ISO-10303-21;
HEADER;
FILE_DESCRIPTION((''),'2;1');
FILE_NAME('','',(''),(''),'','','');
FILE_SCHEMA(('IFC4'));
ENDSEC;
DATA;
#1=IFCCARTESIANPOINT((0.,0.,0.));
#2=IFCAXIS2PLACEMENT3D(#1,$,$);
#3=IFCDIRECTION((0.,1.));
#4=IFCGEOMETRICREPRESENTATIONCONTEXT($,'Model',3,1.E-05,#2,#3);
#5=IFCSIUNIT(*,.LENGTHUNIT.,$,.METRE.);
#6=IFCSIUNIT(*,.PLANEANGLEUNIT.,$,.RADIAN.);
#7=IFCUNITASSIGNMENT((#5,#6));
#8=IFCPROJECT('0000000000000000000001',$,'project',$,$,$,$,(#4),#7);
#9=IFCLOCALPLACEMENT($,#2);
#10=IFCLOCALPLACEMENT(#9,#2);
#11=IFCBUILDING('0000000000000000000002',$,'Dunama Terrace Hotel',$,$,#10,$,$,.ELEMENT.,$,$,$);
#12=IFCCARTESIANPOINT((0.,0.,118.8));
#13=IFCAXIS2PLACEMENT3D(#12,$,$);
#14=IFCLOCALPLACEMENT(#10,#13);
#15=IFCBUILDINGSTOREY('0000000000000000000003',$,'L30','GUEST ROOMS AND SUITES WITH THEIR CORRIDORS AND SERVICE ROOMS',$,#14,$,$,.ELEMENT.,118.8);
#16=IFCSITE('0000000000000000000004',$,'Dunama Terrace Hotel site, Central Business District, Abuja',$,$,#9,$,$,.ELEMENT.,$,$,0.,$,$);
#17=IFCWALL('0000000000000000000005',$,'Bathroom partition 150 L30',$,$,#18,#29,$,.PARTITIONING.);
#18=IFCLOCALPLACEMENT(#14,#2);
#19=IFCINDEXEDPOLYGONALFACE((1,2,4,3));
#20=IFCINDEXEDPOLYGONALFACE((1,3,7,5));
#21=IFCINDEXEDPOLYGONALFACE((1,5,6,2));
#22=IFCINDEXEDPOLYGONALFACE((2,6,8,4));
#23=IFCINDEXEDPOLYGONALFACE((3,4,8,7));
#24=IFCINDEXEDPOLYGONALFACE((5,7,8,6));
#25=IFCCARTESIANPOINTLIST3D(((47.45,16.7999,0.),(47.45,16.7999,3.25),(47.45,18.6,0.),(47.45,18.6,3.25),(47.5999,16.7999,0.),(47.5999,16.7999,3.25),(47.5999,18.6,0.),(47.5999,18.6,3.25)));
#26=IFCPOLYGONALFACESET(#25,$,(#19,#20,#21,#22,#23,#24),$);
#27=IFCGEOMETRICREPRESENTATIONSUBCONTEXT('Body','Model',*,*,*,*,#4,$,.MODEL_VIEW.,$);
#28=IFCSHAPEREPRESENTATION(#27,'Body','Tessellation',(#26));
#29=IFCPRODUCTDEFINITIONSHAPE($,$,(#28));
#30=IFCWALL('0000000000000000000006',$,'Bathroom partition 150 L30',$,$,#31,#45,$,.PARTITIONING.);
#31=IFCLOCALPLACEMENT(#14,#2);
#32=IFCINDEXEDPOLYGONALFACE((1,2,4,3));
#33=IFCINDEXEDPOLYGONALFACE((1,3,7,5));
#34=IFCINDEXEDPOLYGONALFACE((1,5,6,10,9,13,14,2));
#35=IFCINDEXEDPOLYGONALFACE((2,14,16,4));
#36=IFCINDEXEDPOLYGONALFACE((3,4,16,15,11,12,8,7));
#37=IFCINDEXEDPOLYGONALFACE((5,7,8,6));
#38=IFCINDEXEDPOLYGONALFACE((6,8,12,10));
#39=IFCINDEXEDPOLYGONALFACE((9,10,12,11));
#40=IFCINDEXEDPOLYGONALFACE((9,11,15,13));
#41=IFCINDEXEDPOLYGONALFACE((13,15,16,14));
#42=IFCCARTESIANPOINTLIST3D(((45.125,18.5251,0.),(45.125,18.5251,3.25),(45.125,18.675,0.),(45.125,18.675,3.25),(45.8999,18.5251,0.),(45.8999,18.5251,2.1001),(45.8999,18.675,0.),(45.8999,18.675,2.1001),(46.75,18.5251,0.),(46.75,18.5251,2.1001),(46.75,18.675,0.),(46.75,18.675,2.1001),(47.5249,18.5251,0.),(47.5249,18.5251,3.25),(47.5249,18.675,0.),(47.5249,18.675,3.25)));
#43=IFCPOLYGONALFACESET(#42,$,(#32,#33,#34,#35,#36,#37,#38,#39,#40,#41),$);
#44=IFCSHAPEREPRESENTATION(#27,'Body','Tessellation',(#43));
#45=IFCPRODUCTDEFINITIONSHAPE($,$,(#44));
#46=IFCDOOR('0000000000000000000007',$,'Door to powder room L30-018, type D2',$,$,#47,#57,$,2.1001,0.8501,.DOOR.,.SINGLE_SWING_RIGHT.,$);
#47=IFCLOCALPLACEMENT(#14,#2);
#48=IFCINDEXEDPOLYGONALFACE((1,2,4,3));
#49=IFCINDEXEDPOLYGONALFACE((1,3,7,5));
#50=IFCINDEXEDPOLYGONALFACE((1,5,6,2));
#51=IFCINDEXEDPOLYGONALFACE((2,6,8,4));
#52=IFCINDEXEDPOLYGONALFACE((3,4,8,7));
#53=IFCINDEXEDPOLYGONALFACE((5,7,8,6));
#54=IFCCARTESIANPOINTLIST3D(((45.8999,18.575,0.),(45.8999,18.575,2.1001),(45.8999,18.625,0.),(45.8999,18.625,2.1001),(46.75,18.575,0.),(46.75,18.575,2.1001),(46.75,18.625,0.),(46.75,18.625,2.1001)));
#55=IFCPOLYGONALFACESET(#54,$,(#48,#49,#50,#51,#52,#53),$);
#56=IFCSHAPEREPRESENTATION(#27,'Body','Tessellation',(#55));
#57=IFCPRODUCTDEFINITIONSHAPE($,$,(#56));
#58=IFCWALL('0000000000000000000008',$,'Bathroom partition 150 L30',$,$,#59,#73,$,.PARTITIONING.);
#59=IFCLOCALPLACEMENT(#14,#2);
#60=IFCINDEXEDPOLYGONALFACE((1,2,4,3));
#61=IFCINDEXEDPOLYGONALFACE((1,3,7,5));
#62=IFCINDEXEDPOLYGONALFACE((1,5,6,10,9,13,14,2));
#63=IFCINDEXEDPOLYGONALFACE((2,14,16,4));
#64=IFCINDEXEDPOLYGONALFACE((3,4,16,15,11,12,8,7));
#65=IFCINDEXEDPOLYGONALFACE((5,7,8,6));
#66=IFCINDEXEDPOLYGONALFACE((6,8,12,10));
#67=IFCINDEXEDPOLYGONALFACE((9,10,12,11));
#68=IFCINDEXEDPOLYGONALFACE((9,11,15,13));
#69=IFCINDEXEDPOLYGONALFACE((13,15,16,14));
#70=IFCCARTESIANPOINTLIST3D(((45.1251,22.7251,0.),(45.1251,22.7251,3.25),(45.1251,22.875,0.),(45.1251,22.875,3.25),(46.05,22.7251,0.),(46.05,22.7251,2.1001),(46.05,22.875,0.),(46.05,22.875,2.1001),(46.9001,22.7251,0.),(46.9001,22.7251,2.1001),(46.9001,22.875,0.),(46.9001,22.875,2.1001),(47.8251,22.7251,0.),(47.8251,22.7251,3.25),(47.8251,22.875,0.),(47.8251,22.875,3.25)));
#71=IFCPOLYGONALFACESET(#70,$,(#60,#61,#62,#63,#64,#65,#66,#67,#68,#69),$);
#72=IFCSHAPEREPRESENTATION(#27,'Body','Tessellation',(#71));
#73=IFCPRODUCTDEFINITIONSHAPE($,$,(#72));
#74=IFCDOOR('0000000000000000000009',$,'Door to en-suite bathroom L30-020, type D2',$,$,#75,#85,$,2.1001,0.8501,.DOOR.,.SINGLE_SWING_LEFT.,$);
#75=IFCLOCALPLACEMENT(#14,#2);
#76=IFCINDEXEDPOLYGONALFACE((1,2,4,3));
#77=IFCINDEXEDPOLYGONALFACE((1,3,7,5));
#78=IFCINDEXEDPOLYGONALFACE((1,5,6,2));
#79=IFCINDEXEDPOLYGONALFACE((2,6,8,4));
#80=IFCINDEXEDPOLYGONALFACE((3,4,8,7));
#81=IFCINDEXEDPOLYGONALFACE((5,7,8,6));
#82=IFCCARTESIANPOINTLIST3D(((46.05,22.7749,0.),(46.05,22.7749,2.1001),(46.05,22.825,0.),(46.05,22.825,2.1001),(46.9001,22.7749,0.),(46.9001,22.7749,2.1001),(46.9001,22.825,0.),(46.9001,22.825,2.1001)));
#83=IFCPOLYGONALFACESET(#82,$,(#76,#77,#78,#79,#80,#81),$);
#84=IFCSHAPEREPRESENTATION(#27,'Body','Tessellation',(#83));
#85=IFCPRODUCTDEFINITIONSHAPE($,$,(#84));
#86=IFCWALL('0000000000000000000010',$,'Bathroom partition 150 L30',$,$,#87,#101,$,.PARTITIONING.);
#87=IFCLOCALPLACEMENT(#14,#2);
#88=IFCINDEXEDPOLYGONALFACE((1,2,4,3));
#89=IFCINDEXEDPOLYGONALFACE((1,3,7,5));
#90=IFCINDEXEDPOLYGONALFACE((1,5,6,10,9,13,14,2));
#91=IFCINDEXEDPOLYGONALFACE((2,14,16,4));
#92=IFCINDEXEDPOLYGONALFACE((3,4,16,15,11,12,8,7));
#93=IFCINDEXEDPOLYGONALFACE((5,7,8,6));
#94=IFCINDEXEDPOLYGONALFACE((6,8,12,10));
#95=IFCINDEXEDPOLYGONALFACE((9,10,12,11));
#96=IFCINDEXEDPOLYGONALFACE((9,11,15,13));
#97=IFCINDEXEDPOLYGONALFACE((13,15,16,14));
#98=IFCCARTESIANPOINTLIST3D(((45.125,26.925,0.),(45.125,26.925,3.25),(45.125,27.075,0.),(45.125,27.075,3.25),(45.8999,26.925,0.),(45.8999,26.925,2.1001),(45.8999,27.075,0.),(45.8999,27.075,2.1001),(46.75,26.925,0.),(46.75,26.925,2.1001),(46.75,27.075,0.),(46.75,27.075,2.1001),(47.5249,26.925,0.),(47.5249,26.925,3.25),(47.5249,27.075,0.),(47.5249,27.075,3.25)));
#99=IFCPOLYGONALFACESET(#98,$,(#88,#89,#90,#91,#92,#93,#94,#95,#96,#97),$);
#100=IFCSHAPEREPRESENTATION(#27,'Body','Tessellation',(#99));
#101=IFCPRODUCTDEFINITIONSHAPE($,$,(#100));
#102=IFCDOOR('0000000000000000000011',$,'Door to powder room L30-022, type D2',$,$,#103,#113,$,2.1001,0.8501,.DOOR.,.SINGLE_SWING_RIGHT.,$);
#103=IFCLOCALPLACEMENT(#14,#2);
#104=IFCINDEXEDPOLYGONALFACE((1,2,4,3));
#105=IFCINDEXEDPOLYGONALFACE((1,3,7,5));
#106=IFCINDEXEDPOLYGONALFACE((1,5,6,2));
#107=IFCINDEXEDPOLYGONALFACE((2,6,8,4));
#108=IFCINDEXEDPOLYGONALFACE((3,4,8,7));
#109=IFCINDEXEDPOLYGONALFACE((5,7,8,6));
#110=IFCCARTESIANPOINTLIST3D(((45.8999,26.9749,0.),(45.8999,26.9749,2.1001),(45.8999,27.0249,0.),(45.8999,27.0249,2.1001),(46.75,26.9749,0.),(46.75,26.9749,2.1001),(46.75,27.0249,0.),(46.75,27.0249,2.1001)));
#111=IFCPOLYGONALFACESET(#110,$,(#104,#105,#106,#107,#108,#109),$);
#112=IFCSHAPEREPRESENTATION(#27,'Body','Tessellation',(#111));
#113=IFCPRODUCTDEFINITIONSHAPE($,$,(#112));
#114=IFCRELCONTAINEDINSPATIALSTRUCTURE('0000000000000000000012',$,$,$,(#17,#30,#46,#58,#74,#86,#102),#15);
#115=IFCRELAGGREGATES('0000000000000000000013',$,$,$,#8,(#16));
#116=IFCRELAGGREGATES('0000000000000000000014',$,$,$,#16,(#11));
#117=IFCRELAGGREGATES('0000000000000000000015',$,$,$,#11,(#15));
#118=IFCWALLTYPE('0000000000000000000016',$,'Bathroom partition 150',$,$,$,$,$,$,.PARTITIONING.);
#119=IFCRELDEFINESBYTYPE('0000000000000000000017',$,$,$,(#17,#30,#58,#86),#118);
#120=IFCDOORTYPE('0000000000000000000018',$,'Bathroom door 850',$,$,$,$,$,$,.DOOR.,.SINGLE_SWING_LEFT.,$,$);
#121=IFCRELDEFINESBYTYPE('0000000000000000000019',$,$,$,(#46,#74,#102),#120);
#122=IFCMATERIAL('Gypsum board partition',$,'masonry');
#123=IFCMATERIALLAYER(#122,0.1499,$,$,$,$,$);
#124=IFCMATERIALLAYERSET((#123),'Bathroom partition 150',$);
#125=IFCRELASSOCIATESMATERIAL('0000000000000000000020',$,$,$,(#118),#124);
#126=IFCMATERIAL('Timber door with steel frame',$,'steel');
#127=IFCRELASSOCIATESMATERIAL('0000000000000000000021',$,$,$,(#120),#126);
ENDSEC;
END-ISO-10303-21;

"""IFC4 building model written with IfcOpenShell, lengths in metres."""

from ifc_helpers import new_model, si_unit, direction, frame, frame_2d, origin, place, context, subcontext, project, spatial, rectangle, extrude, material, layer, layer_set, type_object, element, fill, save


model = new_model("IFC4")

# Units and contexts
model_context = context("Model", 3, precision=1e-05, world=origin(), true_north=direction((0.0, 1.0)))
body_context = subcontext(model_context, "Body", "Model", "MODEL_VIEW")
ifc_project = project(units=[si_unit("LENGTHUNIT", "METRE"), si_unit("PLANEANGLEUNIT", "RADIAN")], contexts=[model_context])

# Site, building, storey
site_placement = place(None, origin())
site = spatial("IfcSite", under=ifc_project, at=site_placement, Name="Dunama Terrace Hotel site, Central Business District, Abuja", CompositionType="ELEMENT", RefElevation=0.0)
building_placement = place(site_placement, origin())
building = spatial("IfcBuilding", under=site, at=building_placement, Name="Dunama Terrace Hotel", CompositionType="ELEMENT")
storey_placement = place(building_placement, frame((0.0, 0.0, 118.8)))
storey = spatial("IfcBuildingStorey", under=building, at=storey_placement, Name="L30", Description="GUEST ROOMS AND SUITES WITH THEIR CORRIDORS AND SERVICE ROOMS", CompositionType="ELEMENT", Elevation=118.8)

# Wall
ifc_material_1 = material(Name="Gypsum board partition", Category="masonry")
ifc_layer_1 = layer(ifc_material_1, 0.1499)
ifc_layer_set_1 = layer_set([ifc_layer_1], Name="Bathroom partition 150")
wall_type_1 = type_object("IfcWallType", Name="Bathroom partition 150", PredefinedType="PARTITIONING", material=ifc_layer_set_1)
wall_1_placement = place(storey_placement, frame((47.5249, 16.8, 0.0), z_axis=(0.0, 0.0, 1.0), x_axis=(0.0, 1.0, 0.0)))
element("IfcWall", 1, at=wall_1_placement, inside=storey, type_object=wall_type_1, Name="Bathroom partition 150 L30", PredefinedType="PARTITIONING", context=body_context, shape_type="SweptSolid", body=[
    extrude(rectangle(XDim=1.8, YDim=0.1499, at=frame_2d((0.8999, 0.0))), origin(), (0.0, 0.0, 1.0), 3.25),
])

# Walls, openings, doors
wall_2_placement = place(storey_placement, frame((45.125, 18.6001, 0.0), z_axis=(0.0, 0.0, 1.0), x_axis=(1.0, 0.0, 0.0)))
wall_2 = element("IfcWall", 2, at=wall_2_placement, inside=storey, type_object=wall_type_1, Name="Bathroom partition 150 L30", PredefinedType="PARTITIONING", context=body_context, shape_type="SweptSolid", body=[
    extrude(rectangle(XDim=2.3999, YDim=0.1499, at=frame_2d((1.2, 0.0))), origin(), (0.0, 0.0, 1.0), 3.25),
])
opening_1_placement = place(wall_2_placement, frame((0.7749, 0.0, 0.0)))
opening_1 = element("IfcOpeningElement", 3, at=opening_1_placement, cuts=wall_2, PredefinedType="OPENING", context=body_context, shape_type="SweptSolid", body=[
    extrude(rectangle(XDim=0.8501, YDim=2.1001, at=frame_2d((0.425, 1.05))), frame((0.0, 0.085, 0.0), z_axis=(0.0, -1.0, 0.0), x_axis=(1.0, 0.0, 0.0)), (0.0, 0.0, 1.0), 0.1699),
])
ifc_material_2 = material(Name="Timber door with steel frame", Category="steel")
door_type_1 = type_object("IfcDoorType", Name="Bathroom door 850", OperationType="SINGLE_SWING_LEFT", PredefinedType="DOOR", material=ifc_material_2)
door_1_placement = place(opening_1_placement, frame((0.8501, 0.0, 0.0), z_axis=(0.0, 0.0, 1.0), x_axis=(-1.0, 0.0, 0.0)))
door_1 = element("IfcDoor", 4, at=door_1_placement, inside=storey, type_object=door_type_1, Name="Door to powder room L30-018, type D2", OperationType="SINGLE_SWING_RIGHT", OverallHeight=2.1001, OverallWidth=0.8501, PredefinedType="DOOR", context=body_context, shape_type="SweptSolid", body=[
    extrude(rectangle(XDim=0.8501, YDim=2.1001, at=frame_2d((0.425, 1.05))), frame((0.0, 0.0251, 0.0), z_axis=(0.0, -1.0, 0.0), x_axis=(1.0, 0.0, 0.0)), (0.0, 0.0, 1.0), 0.05),
])
fill(opening_1, door_1)
wall_3_placement = place(storey_placement, frame((45.125, 22.8, 0.0), z_axis=(0.0, 0.0, 1.0), x_axis=(1.0, 0.0, 0.0)))
wall_3 = element("IfcWall", 5, at=wall_3_placement, inside=storey, type_object=wall_type_1, Name="Bathroom partition 150 L30", PredefinedType="PARTITIONING", context=body_context, shape_type="SweptSolid", body=[
    extrude(rectangle(XDim=2.7, YDim=0.1499, at=frame_2d((1.3501, 0.0))), origin(), (0.0, 0.0, 1.0), 3.25),
])
opening_2_placement = place(wall_3_placement, frame((0.925, 0.0, 0.0)))
opening_2 = element("IfcOpeningElement", 6, at=opening_2_placement, cuts=wall_3, PredefinedType="OPENING", context=body_context, shape_type="SweptSolid", body=[
    extrude(rectangle(XDim=0.8501, YDim=2.1001, at=frame_2d((0.425, 1.05))), frame((0.0, 0.085, 0.0), z_axis=(0.0, -1.0, 0.0), x_axis=(1.0, 0.0, 0.0)), (0.0, 0.0, 1.0), 0.1699),
])
door_2_placement = place(opening_2_placement, origin())
door_2 = element("IfcDoor", 7, at=door_2_placement, inside=storey, type_object=door_type_1, Name="Door to en-suite bathroom L30-020, type D2", OperationType="SINGLE_SWING_LEFT", OverallHeight=2.1001, OverallWidth=0.8501, PredefinedType="DOOR", context=body_context, shape_type="SweptSolid", body=[
    extrude(rectangle(XDim=0.8501, YDim=2.1001, at=frame_2d((0.425, 1.05))), frame((0.0, 0.0249, 0.0), z_axis=(0.0, -1.0, 0.0), x_axis=(1.0, 0.0, 0.0)), (0.0, 0.0, 1.0), 0.05),
])
fill(opening_2, door_2)
wall_4_placement = place(storey_placement, frame((45.125, 27.0, 0.0), z_axis=(0.0, 0.0, 1.0), x_axis=(1.0, 0.0, 0.0)))
wall_4 = element("IfcWall", 8, at=wall_4_placement, inside=storey, type_object=wall_type_1, Name="Bathroom partition 150 L30", PredefinedType="PARTITIONING", context=body_context, shape_type="SweptSolid", body=[
    extrude(rectangle(XDim=2.3999, YDim=0.1499, at=frame_2d((1.2, 0.0))), origin(), (0.0, 0.0, 1.0), 3.25),
])
opening_3_placement = place(wall_4_placement, frame((0.7749, 0.0, 0.0)))
opening_3 = element("IfcOpeningElement", 9, at=opening_3_placement, cuts=wall_4, PredefinedType="OPENING", context=body_context, shape_type="SweptSolid", body=[
    extrude(rectangle(XDim=0.8501, YDim=2.1001, at=frame_2d((0.425, 1.05))), frame((0.0, 0.085, 0.0), z_axis=(0.0, -1.0, 0.0), x_axis=(1.0, 0.0, 0.0)), (0.0, 0.0, 1.0), 0.1699),
])
door_3_placement = place(opening_3_placement, frame((0.8501, 0.0, 0.0), z_axis=(0.0, 0.0, 1.0), x_axis=(-1.0, 0.0, 0.0)))
door_3 = element("IfcDoor", 10, at=door_3_placement, inside=storey, type_object=door_type_1, Name="Door to powder room L30-022, type D2", OperationType="SINGLE_SWING_RIGHT", OverallHeight=2.1001, OverallWidth=0.8501, PredefinedType="DOOR", context=body_context, shape_type="SweptSolid", body=[
    extrude(rectangle(XDim=0.8501, YDim=2.1001, at=frame_2d((0.425, 1.05))), frame((0.0, 0.0251, 0.0), z_axis=(0.0, -1.0, 0.0), x_axis=(1.0, 0.0, 0.0)), (0.0, 0.0, 1.0), 0.05),
])
fill(opening_3, door_3)

save(model, "model.ifc")
